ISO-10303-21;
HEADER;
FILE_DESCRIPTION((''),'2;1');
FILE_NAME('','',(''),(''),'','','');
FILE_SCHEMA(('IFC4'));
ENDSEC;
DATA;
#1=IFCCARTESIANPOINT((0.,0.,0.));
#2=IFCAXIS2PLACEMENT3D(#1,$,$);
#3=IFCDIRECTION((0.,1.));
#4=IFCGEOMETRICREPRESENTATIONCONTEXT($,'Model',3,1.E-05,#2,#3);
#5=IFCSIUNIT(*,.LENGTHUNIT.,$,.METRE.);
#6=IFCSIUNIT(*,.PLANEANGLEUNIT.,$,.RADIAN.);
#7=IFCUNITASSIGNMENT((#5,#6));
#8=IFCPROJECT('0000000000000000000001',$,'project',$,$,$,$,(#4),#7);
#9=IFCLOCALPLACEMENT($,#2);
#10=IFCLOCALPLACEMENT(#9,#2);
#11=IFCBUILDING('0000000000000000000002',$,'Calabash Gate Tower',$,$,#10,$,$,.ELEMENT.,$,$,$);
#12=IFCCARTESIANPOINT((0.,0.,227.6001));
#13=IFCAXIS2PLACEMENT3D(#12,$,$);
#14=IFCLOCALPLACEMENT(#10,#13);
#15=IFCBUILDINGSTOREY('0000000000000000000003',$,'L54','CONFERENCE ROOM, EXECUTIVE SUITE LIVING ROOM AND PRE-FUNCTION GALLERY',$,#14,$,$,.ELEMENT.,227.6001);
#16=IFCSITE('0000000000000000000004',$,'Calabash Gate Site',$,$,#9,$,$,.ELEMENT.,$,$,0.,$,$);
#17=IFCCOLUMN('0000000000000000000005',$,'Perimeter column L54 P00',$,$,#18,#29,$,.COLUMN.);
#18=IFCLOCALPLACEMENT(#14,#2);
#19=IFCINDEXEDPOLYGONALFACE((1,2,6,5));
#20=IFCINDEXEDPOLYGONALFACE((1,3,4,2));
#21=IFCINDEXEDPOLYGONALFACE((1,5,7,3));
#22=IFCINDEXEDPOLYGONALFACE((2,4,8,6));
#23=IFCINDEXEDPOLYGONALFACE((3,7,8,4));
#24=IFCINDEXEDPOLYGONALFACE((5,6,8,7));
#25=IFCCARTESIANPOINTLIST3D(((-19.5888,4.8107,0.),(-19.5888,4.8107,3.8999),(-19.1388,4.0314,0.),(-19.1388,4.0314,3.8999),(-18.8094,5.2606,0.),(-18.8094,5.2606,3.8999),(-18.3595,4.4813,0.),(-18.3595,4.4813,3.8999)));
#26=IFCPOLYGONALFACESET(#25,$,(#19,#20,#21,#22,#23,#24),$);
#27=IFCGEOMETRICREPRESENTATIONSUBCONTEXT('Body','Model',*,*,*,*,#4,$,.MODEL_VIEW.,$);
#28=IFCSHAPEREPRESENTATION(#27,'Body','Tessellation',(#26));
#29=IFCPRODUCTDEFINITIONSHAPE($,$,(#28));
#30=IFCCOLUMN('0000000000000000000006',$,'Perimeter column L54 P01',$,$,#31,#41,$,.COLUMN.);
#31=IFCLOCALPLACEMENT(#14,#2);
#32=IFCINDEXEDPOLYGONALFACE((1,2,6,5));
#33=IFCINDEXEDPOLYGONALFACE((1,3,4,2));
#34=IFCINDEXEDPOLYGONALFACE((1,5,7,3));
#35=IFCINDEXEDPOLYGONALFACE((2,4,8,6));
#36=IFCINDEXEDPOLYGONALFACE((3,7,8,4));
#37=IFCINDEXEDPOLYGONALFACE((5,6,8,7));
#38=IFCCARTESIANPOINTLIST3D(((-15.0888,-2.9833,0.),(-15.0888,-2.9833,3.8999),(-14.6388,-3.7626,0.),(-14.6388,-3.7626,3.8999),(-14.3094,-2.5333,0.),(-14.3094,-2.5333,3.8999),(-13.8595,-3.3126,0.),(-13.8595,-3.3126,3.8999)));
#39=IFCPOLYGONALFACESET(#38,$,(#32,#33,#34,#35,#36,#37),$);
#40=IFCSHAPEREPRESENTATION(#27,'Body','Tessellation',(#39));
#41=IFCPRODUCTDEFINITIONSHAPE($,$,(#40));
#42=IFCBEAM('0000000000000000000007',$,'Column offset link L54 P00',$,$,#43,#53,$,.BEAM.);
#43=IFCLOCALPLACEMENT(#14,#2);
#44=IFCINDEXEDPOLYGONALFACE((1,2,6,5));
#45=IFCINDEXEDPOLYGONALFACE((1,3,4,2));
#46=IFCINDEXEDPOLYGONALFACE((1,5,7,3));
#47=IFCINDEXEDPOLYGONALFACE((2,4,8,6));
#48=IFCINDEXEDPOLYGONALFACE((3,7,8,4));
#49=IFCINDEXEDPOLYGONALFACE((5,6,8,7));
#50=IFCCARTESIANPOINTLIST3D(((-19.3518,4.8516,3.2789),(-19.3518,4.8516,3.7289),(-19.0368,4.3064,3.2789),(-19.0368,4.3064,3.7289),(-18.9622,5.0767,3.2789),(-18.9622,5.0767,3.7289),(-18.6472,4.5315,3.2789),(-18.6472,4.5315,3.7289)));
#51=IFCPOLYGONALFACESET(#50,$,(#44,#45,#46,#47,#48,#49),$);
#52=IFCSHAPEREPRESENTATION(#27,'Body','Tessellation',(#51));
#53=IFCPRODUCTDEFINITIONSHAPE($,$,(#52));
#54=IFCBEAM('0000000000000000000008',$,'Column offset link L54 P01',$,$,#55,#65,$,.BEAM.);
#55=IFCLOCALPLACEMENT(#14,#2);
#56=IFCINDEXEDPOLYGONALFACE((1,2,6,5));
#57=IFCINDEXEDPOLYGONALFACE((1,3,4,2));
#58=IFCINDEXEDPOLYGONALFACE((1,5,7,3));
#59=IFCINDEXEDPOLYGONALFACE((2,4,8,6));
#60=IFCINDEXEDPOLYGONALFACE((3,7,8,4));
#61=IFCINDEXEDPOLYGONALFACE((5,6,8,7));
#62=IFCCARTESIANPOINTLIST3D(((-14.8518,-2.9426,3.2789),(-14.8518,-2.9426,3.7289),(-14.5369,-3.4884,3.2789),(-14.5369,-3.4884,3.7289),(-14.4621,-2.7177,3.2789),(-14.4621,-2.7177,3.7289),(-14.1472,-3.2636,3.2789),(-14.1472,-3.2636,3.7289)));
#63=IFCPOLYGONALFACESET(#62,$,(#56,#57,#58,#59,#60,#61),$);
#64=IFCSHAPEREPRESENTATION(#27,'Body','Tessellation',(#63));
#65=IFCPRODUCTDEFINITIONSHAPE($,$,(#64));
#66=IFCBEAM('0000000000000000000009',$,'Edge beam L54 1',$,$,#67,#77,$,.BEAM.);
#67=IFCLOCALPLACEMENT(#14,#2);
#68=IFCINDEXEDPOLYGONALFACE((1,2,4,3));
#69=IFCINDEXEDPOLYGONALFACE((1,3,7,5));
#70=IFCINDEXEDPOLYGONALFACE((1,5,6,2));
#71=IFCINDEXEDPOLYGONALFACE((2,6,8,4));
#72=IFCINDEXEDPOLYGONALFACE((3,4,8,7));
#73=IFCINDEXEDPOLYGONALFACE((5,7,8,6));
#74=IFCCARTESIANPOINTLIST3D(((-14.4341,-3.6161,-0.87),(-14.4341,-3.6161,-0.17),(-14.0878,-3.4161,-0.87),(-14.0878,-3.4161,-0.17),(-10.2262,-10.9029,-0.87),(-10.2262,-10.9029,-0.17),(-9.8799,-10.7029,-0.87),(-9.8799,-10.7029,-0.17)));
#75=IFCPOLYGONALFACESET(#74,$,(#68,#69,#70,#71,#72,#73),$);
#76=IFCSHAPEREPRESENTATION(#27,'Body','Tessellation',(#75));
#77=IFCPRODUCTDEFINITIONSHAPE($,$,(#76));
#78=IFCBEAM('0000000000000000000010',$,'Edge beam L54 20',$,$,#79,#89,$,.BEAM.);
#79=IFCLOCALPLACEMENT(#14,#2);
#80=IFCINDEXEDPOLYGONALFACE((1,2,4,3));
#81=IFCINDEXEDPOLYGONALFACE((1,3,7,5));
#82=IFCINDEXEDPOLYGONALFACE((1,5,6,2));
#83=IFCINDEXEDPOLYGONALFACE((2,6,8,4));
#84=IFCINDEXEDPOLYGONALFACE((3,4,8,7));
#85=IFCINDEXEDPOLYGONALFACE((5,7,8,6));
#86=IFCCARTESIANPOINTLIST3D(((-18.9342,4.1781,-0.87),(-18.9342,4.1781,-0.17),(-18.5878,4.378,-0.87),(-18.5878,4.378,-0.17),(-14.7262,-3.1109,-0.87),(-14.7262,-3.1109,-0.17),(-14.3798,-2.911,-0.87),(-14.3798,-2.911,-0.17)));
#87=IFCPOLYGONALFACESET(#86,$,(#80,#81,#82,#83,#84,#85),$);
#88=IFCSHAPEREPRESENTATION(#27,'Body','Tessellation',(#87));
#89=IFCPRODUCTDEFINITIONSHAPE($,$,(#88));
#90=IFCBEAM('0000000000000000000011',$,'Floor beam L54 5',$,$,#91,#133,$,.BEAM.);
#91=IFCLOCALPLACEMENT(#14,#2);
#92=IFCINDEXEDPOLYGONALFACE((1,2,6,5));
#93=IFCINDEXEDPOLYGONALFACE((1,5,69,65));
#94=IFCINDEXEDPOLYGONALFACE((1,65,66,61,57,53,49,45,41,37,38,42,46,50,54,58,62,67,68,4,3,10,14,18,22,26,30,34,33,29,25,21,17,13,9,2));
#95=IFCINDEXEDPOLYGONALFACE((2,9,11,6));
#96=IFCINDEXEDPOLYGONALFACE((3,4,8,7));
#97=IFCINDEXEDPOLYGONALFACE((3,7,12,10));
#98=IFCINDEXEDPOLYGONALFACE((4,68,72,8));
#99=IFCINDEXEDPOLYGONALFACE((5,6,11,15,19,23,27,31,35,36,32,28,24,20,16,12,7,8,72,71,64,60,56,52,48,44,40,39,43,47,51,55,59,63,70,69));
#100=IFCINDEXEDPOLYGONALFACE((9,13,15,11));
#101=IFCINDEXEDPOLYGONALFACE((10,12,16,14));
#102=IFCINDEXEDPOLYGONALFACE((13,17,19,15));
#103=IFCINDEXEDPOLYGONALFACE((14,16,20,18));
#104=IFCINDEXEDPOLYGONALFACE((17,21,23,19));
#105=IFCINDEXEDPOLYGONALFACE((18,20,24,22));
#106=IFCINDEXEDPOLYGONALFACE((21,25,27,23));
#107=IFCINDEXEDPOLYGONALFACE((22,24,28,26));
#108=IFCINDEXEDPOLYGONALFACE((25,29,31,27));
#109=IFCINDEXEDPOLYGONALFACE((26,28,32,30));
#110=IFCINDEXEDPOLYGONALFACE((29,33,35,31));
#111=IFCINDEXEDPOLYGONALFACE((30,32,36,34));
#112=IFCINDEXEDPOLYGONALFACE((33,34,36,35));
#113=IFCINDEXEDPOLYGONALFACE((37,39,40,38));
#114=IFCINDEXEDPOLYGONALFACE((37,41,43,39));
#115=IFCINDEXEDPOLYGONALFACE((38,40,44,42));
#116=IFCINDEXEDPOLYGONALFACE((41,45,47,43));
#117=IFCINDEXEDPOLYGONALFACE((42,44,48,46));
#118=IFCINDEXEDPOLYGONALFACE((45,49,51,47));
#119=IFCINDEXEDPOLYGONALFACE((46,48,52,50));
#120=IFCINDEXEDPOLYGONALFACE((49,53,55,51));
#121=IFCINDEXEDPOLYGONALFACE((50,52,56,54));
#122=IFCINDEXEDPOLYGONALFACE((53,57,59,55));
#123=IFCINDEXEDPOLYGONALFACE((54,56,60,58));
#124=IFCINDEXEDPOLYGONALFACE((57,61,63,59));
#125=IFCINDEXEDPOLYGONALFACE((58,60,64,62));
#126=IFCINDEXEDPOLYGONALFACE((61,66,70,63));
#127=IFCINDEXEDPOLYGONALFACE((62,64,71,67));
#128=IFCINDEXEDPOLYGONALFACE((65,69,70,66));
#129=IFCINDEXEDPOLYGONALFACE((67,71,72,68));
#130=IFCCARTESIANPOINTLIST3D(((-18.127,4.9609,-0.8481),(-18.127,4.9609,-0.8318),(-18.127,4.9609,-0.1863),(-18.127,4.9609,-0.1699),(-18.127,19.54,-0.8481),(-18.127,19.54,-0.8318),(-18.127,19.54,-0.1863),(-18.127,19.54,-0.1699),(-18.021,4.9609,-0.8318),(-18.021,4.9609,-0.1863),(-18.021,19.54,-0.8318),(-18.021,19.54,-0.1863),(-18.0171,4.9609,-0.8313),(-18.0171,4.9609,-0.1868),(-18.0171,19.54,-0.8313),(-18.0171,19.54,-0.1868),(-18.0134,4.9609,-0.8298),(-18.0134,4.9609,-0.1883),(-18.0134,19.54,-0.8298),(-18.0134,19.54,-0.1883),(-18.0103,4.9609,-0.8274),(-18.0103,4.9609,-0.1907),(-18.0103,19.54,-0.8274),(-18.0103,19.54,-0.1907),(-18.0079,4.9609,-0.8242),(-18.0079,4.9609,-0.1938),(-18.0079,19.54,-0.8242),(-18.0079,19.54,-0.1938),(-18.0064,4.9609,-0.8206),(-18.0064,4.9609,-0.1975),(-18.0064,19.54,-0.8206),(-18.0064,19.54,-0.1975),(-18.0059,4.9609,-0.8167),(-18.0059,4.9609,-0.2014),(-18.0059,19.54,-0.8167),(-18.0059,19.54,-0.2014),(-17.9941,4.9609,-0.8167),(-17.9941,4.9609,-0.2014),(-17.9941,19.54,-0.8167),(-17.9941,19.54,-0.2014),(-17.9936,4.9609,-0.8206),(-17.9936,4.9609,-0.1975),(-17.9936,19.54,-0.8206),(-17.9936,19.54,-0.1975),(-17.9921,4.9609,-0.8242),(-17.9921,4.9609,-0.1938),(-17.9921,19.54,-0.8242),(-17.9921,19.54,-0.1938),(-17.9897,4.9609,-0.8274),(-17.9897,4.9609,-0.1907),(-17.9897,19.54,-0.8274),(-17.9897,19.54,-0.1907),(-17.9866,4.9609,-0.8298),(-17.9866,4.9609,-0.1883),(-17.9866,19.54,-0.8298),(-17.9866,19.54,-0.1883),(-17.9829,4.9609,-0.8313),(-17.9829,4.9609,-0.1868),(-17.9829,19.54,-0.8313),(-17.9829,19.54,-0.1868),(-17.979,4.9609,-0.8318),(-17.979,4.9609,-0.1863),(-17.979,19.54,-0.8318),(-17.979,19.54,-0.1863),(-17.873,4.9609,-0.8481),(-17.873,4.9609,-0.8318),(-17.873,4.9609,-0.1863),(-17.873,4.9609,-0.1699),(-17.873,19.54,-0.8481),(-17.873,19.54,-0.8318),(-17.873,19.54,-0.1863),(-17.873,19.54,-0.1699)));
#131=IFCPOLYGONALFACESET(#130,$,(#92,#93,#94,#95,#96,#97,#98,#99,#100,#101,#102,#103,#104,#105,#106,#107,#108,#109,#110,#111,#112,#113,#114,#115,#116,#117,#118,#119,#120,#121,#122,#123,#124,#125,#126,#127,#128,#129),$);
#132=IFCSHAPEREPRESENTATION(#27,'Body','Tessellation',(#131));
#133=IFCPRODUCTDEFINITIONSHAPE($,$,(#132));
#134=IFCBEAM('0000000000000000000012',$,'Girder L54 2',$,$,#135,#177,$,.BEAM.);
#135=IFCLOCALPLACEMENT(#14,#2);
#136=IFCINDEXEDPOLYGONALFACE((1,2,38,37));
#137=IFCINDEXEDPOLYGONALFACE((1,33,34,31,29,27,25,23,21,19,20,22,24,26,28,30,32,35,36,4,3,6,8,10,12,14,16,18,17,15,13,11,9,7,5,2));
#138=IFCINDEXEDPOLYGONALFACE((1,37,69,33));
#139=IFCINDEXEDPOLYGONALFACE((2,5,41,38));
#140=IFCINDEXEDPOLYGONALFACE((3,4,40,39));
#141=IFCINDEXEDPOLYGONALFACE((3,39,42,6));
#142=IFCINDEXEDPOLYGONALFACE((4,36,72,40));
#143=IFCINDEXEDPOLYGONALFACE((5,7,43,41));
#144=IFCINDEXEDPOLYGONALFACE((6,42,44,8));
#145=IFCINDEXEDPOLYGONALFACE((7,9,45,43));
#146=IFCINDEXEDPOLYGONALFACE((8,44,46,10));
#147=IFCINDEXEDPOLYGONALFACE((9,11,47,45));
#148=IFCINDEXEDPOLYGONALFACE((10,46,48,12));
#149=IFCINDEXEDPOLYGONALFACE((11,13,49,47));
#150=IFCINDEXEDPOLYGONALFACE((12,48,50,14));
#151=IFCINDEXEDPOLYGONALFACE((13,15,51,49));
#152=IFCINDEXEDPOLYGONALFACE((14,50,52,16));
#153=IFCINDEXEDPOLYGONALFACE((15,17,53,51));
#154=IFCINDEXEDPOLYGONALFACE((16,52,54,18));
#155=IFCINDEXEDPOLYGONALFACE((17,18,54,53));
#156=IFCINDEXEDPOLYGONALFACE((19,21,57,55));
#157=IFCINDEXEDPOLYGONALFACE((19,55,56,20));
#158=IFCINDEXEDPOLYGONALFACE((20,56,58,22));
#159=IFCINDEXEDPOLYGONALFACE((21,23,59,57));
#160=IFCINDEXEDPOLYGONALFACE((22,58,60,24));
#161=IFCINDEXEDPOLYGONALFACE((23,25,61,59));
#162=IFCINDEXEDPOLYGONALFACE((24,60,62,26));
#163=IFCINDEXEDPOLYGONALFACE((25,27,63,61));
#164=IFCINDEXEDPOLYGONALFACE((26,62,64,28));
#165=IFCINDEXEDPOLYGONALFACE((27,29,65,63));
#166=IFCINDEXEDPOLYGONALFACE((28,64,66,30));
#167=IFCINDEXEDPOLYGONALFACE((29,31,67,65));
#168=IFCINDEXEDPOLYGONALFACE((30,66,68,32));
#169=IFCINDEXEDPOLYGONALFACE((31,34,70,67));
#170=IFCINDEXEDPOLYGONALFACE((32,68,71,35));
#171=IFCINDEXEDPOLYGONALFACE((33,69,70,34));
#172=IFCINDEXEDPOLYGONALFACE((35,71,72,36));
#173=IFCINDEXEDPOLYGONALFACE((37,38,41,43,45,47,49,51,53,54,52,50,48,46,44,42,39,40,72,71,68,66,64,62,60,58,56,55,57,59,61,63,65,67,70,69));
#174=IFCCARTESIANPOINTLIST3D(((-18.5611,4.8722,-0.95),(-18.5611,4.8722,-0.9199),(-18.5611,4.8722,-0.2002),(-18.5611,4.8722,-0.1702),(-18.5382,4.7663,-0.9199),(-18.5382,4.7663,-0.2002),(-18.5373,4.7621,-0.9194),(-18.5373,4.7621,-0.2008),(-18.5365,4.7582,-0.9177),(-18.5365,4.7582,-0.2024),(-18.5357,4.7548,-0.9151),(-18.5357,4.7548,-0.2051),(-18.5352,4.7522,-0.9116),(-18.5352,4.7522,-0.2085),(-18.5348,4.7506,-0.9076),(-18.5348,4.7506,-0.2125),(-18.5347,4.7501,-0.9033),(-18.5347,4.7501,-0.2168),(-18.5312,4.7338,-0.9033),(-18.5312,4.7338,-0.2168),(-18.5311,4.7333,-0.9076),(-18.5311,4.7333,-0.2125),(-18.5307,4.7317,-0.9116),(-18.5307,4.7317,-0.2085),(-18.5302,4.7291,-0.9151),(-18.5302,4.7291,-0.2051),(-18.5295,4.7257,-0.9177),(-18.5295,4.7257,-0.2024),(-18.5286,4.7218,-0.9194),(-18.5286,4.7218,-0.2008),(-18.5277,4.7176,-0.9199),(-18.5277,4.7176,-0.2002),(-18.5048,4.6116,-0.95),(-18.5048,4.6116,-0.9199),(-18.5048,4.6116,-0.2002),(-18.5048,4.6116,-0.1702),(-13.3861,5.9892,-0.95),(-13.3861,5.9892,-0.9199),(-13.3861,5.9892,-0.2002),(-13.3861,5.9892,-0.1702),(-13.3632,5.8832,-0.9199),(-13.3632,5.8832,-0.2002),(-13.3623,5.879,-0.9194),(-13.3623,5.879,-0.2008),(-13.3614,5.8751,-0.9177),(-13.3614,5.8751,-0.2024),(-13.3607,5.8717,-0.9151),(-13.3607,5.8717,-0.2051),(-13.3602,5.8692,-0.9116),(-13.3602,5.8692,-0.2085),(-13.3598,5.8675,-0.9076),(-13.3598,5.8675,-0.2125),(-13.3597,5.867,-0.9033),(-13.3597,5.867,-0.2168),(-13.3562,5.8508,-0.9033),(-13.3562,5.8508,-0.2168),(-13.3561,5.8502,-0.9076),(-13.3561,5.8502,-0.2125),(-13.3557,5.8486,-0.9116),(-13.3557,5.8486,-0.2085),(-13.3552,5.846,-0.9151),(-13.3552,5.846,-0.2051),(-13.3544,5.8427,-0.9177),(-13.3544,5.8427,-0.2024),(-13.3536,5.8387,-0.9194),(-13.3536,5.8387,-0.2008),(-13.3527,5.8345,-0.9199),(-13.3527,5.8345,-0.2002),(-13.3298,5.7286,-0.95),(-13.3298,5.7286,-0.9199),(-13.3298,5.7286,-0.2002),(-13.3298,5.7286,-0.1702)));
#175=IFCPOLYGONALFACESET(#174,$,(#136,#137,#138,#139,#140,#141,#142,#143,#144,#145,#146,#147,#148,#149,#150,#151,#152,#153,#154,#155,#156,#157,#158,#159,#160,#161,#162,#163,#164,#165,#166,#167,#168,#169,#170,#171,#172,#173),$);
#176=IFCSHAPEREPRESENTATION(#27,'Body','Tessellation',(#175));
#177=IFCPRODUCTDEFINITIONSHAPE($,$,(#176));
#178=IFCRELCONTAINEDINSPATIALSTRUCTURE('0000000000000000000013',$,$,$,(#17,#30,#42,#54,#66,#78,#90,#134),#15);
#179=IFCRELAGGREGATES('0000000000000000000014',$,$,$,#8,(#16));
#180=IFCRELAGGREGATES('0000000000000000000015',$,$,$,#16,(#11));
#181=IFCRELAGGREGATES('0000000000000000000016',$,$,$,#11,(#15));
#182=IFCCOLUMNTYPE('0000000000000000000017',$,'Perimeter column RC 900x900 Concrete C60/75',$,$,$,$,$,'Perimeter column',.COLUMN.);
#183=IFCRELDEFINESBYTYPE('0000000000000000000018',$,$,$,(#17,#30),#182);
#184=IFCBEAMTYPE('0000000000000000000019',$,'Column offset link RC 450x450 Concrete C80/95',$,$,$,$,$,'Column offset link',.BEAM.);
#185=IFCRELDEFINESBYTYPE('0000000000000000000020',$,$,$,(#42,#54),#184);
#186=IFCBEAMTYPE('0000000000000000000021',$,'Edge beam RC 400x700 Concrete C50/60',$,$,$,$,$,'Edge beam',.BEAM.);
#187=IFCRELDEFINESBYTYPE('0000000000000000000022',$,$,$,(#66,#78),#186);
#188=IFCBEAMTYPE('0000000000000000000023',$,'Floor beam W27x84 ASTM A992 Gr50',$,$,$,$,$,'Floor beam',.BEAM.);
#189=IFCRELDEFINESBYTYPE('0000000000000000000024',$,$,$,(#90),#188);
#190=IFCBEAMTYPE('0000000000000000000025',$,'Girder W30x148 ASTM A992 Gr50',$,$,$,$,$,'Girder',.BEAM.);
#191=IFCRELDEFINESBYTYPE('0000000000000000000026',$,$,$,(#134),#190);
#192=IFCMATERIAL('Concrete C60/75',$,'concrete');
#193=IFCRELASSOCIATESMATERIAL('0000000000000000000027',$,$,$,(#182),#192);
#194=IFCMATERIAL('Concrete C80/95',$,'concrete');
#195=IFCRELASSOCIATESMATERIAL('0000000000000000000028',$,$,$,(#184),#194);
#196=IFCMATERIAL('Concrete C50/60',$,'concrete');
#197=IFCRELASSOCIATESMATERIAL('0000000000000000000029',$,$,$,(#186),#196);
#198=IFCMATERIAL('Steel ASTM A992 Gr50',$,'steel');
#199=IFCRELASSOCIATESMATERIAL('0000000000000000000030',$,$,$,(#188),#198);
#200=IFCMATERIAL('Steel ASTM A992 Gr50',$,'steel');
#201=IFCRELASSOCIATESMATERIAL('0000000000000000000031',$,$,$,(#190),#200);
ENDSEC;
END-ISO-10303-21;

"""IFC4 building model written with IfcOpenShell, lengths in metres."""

from ifc_helpers import new_model, si_unit, direction, frame, origin, origin_2d, place, context, subcontext, project, spatial, rectangle, i_section, extrude, material, material_profile, profile_set, type_object, element, save


model = new_model("IFC4")

# Units and contexts
model_context = context("Model", 3, precision=1e-05, world=origin(), true_north=direction((0.0, 1.0)))
body_context = subcontext(model_context, "Body", "Model", "MODEL_VIEW")
ifc_project = project(units=[si_unit("LENGTHUNIT", "METRE"), si_unit("PLANEANGLEUNIT", "RADIAN")], contexts=[model_context])

# Site, building, storey
site_placement = place(None, origin())
site = spatial("IfcSite", under=ifc_project, at=site_placement, Name="Calabash Gate Site", CompositionType="ELEMENT", RefElevation=0.0)
building_placement = place(site_placement, origin())
building = spatial("IfcBuilding", under=site, at=building_placement, Name="Calabash Gate Tower", CompositionType="ELEMENT")
storey_placement = place(building_placement, frame((0.0, 0.0, 227.6001)))
storey = spatial("IfcBuildingStorey", under=building, at=storey_placement, Name="L54", Description="CONFERENCE ROOM, EXECUTIVE SUITE LIVING ROOM AND PRE-FUNCTION GALLERY", CompositionType="ELEMENT", Elevation=227.6001)

# Columns
ifc_material_1 = material(Name="Concrete C60/75", Category="concrete")
ifc_material_profile_1 = material_profile(ifc_material_1, rectangle(XDim=0.8999, YDim=0.8999, at=origin_2d()))
ifc_profile_set_1 = profile_set([ifc_material_profile_1], Name="Concrete C60/75")
column_type = type_object("IfcColumnType", Name="Perimeter column RC 900x900 Concrete C60/75", ElementType="Perimeter column", PredefinedType="COLUMN", material=ifc_profile_set_1)
for number, where, z_axis, x_axis, name in (
    (1, (-18.9741, 4.646, 0.0), (0.0, 0.0, 1.0), (0.5, -0.866025, 0.0), "Perimeter column L54 P00"),
    (2, (-14.4741, -3.1479, 0.0), (0.0, 0.0, 1.0), (0.5, -0.866025, 0.0), "Perimeter column L54 P01"),
):
    element("IfcColumn", number, at=place(storey_placement, frame(where, z_axis=z_axis, x_axis=x_axis)), inside=storey, type_object=column_type, Name=name, PredefinedType="COLUMN", context=body_context, shape_type="SweptSolid", body=[
        extrude(rectangle(XDim=0.8999, YDim=0.8999, at=origin_2d()), origin(), (0.0, 0.0, 1.0), 3.8999),
    ])

# Beams
ifc_material_2 = material(Name="Concrete C80/95", Category="concrete")
ifc_material_profile_2 = material_profile(ifc_material_2, rectangle(XDim=0.45, YDim=0.45, at=origin_2d()))
ifc_profile_set_2 = profile_set([ifc_material_profile_2], Name="Concrete C80/95")
beam_type_1 = type_object("IfcBeamType", Name="Column offset link RC 450x450 Concrete C80/95", ElementType="Column offset link", PredefinedType="BEAM", material=ifc_profile_set_2)
beam_1_placement = place(storey_placement, frame((-18.842, 4.4189, 3.5039), z_axis=(-0.500226, 0.865895, 0.0), x_axis=(-0.865895, -0.500226, 0.0)))
element("IfcBeam", 3, at=beam_1_placement, inside=storey, type_object=beam_type_1, Name="Column offset link L54 P00", PredefinedType="BEAM", context=body_context, shape_type="SweptSolid", body=[
    extrude(rectangle(XDim=0.45, YDim=0.45, at=origin_2d()), origin(), (0.0, 0.0, 1.0), 0.6296),
])
beam_2_placement = place(storey_placement, frame((-14.342, -3.376, 3.5039), z_axis=(-0.499722, 0.866186, 0.0), x_axis=(-0.866186, -0.499722, 0.0)))
element("IfcBeam", 4, at=beam_2_placement, inside=storey, type_object=beam_type_1, Name="Column offset link L54 P01", PredefinedType="BEAM", context=body_context, shape_type="SweptSolid", body=[
    extrude(rectangle(XDim=0.45, YDim=0.45, at=origin_2d()), origin(), (0.0, 0.0, 1.0), 0.6301),
])
ifc_material_3 = material(Name="Concrete C50/60", Category="concrete")
ifc_material_profile_3 = material_profile(ifc_material_3, rectangle(XDim=0.3999, YDim=0.7, at=origin_2d()))
ifc_profile_set_3 = profile_set([ifc_material_profile_3], Name="Concrete C50/60")
beam_type_2 = type_object("IfcBeamType", Name="Edge beam RC 400x700 Concrete C50/60", ElementType="Edge beam", PredefinedType="BEAM", material=ifc_profile_set_3)
beam_3_placement = place(storey_placement, frame((-14.261, -3.5161, -0.52), z_axis=(0.500083, -0.865977, 0.0), x_axis=(0.865977, 0.500083, 0.0)))
element("IfcBeam", 5, at=beam_3_placement, inside=storey, type_object=beam_type_2, Name="Edge beam L54 1", PredefinedType="BEAM", context=body_context, shape_type="SweptSolid", body=[
    extrude(rectangle(XDim=0.3999, YDim=0.7, at=origin_2d()), origin(), (0.0, 0.0, 1.0), 8.4146),
])
beam_4_placement = place(storey_placement, frame((-18.761, 4.2781, -0.52), z_axis=(0.49997, -0.866043, 0.0), x_axis=(0.866043, 0.49997, 0.0)))
element("IfcBeam", 6, at=beam_4_placement, inside=storey, type_object=beam_type_2, Name="Edge beam L54 20", PredefinedType="BEAM", context=body_context, shape_type="SweptSolid", body=[
    extrude(rectangle(XDim=0.3999, YDim=0.7, at=origin_2d()), origin(), (0.0, 0.0, 1.0), 8.4165),
])
ifc_material_4 = material(Name="Steel ASTM A992 Gr50", Category="steel")
ifc_material_profile_4 = material_profile(ifc_material_4, i_section(OverallWidth=0.2539, OverallDepth=0.6782, WebThickness=0.0117, FlangeThickness=0.0164, FilletRadius=0.0151, at=origin_2d()))
ifc_profile_set_4 = profile_set([ifc_material_profile_4], Name="Steel ASTM A992 Gr50")
beam_type_3 = type_object("IfcBeamType", Name="Floor beam W27x84 ASTM A992 Gr50", ElementType="Floor beam", PredefinedType="BEAM", material=ifc_profile_set_4)
beam_5_placement = place(storey_placement, frame((-18.0, 4.9609, -0.509), z_axis=(0.0, 1.0, 0.0), x_axis=(-1.0, 0.0, 0.0)))
element("IfcBeam", 7, at=beam_5_placement, inside=storey, type_object=beam_type_3, Name="Floor beam L54 5", PredefinedType="BEAM", context=body_context, shape_type="SweptSolid", body=[
    extrude(i_section(OverallWidth=0.2539, OverallDepth=0.6782, WebThickness=0.0117, FlangeThickness=0.0164, FilletRadius=0.0151, at=origin_2d()), origin(), (0.0, 0.0, 1.0), 14.5791),
])
ifc_material_5 = material(Name="Steel ASTM A992 Gr50", Category="steel")
ifc_material_profile_5 = material_profile(ifc_material_5, i_section(OverallWidth=0.2666, OverallDepth=0.7798, WebThickness=0.0166, FlangeThickness=0.03, FilletRadius=0.0166, at=origin_2d()))
ifc_profile_set_5 = profile_set([ifc_material_profile_5], Name="Steel ASTM A992 Gr50")
beam_type_4 = type_object("IfcBeamType", Name="Girder W30x148 ASTM A992 Gr50", ElementType="Girder", PredefinedType="BEAM", material=ifc_profile_set_5)
beam_6_placement = place(storey_placement, frame((-18.533, 4.7419, -0.5601), z_axis=(0.977492, 0.210974, 0.0), x_axis=(-0.210974, 0.977492, 0.0)))
element("IfcBeam", 8, at=beam_6_placement, inside=storey, type_object=beam_type_4, Name="Girder L54 2", PredefinedType="BEAM", context=body_context, shape_type="SweptSolid", body=[
    extrude(i_section(OverallWidth=0.2666, OverallDepth=0.7798, WebThickness=0.0166, FlangeThickness=0.03, FilletRadius=0.0166, at=origin_2d()), origin(), (0.0, 0.0, 1.0), 5.2942),
])

save(model, "model.ifc")
